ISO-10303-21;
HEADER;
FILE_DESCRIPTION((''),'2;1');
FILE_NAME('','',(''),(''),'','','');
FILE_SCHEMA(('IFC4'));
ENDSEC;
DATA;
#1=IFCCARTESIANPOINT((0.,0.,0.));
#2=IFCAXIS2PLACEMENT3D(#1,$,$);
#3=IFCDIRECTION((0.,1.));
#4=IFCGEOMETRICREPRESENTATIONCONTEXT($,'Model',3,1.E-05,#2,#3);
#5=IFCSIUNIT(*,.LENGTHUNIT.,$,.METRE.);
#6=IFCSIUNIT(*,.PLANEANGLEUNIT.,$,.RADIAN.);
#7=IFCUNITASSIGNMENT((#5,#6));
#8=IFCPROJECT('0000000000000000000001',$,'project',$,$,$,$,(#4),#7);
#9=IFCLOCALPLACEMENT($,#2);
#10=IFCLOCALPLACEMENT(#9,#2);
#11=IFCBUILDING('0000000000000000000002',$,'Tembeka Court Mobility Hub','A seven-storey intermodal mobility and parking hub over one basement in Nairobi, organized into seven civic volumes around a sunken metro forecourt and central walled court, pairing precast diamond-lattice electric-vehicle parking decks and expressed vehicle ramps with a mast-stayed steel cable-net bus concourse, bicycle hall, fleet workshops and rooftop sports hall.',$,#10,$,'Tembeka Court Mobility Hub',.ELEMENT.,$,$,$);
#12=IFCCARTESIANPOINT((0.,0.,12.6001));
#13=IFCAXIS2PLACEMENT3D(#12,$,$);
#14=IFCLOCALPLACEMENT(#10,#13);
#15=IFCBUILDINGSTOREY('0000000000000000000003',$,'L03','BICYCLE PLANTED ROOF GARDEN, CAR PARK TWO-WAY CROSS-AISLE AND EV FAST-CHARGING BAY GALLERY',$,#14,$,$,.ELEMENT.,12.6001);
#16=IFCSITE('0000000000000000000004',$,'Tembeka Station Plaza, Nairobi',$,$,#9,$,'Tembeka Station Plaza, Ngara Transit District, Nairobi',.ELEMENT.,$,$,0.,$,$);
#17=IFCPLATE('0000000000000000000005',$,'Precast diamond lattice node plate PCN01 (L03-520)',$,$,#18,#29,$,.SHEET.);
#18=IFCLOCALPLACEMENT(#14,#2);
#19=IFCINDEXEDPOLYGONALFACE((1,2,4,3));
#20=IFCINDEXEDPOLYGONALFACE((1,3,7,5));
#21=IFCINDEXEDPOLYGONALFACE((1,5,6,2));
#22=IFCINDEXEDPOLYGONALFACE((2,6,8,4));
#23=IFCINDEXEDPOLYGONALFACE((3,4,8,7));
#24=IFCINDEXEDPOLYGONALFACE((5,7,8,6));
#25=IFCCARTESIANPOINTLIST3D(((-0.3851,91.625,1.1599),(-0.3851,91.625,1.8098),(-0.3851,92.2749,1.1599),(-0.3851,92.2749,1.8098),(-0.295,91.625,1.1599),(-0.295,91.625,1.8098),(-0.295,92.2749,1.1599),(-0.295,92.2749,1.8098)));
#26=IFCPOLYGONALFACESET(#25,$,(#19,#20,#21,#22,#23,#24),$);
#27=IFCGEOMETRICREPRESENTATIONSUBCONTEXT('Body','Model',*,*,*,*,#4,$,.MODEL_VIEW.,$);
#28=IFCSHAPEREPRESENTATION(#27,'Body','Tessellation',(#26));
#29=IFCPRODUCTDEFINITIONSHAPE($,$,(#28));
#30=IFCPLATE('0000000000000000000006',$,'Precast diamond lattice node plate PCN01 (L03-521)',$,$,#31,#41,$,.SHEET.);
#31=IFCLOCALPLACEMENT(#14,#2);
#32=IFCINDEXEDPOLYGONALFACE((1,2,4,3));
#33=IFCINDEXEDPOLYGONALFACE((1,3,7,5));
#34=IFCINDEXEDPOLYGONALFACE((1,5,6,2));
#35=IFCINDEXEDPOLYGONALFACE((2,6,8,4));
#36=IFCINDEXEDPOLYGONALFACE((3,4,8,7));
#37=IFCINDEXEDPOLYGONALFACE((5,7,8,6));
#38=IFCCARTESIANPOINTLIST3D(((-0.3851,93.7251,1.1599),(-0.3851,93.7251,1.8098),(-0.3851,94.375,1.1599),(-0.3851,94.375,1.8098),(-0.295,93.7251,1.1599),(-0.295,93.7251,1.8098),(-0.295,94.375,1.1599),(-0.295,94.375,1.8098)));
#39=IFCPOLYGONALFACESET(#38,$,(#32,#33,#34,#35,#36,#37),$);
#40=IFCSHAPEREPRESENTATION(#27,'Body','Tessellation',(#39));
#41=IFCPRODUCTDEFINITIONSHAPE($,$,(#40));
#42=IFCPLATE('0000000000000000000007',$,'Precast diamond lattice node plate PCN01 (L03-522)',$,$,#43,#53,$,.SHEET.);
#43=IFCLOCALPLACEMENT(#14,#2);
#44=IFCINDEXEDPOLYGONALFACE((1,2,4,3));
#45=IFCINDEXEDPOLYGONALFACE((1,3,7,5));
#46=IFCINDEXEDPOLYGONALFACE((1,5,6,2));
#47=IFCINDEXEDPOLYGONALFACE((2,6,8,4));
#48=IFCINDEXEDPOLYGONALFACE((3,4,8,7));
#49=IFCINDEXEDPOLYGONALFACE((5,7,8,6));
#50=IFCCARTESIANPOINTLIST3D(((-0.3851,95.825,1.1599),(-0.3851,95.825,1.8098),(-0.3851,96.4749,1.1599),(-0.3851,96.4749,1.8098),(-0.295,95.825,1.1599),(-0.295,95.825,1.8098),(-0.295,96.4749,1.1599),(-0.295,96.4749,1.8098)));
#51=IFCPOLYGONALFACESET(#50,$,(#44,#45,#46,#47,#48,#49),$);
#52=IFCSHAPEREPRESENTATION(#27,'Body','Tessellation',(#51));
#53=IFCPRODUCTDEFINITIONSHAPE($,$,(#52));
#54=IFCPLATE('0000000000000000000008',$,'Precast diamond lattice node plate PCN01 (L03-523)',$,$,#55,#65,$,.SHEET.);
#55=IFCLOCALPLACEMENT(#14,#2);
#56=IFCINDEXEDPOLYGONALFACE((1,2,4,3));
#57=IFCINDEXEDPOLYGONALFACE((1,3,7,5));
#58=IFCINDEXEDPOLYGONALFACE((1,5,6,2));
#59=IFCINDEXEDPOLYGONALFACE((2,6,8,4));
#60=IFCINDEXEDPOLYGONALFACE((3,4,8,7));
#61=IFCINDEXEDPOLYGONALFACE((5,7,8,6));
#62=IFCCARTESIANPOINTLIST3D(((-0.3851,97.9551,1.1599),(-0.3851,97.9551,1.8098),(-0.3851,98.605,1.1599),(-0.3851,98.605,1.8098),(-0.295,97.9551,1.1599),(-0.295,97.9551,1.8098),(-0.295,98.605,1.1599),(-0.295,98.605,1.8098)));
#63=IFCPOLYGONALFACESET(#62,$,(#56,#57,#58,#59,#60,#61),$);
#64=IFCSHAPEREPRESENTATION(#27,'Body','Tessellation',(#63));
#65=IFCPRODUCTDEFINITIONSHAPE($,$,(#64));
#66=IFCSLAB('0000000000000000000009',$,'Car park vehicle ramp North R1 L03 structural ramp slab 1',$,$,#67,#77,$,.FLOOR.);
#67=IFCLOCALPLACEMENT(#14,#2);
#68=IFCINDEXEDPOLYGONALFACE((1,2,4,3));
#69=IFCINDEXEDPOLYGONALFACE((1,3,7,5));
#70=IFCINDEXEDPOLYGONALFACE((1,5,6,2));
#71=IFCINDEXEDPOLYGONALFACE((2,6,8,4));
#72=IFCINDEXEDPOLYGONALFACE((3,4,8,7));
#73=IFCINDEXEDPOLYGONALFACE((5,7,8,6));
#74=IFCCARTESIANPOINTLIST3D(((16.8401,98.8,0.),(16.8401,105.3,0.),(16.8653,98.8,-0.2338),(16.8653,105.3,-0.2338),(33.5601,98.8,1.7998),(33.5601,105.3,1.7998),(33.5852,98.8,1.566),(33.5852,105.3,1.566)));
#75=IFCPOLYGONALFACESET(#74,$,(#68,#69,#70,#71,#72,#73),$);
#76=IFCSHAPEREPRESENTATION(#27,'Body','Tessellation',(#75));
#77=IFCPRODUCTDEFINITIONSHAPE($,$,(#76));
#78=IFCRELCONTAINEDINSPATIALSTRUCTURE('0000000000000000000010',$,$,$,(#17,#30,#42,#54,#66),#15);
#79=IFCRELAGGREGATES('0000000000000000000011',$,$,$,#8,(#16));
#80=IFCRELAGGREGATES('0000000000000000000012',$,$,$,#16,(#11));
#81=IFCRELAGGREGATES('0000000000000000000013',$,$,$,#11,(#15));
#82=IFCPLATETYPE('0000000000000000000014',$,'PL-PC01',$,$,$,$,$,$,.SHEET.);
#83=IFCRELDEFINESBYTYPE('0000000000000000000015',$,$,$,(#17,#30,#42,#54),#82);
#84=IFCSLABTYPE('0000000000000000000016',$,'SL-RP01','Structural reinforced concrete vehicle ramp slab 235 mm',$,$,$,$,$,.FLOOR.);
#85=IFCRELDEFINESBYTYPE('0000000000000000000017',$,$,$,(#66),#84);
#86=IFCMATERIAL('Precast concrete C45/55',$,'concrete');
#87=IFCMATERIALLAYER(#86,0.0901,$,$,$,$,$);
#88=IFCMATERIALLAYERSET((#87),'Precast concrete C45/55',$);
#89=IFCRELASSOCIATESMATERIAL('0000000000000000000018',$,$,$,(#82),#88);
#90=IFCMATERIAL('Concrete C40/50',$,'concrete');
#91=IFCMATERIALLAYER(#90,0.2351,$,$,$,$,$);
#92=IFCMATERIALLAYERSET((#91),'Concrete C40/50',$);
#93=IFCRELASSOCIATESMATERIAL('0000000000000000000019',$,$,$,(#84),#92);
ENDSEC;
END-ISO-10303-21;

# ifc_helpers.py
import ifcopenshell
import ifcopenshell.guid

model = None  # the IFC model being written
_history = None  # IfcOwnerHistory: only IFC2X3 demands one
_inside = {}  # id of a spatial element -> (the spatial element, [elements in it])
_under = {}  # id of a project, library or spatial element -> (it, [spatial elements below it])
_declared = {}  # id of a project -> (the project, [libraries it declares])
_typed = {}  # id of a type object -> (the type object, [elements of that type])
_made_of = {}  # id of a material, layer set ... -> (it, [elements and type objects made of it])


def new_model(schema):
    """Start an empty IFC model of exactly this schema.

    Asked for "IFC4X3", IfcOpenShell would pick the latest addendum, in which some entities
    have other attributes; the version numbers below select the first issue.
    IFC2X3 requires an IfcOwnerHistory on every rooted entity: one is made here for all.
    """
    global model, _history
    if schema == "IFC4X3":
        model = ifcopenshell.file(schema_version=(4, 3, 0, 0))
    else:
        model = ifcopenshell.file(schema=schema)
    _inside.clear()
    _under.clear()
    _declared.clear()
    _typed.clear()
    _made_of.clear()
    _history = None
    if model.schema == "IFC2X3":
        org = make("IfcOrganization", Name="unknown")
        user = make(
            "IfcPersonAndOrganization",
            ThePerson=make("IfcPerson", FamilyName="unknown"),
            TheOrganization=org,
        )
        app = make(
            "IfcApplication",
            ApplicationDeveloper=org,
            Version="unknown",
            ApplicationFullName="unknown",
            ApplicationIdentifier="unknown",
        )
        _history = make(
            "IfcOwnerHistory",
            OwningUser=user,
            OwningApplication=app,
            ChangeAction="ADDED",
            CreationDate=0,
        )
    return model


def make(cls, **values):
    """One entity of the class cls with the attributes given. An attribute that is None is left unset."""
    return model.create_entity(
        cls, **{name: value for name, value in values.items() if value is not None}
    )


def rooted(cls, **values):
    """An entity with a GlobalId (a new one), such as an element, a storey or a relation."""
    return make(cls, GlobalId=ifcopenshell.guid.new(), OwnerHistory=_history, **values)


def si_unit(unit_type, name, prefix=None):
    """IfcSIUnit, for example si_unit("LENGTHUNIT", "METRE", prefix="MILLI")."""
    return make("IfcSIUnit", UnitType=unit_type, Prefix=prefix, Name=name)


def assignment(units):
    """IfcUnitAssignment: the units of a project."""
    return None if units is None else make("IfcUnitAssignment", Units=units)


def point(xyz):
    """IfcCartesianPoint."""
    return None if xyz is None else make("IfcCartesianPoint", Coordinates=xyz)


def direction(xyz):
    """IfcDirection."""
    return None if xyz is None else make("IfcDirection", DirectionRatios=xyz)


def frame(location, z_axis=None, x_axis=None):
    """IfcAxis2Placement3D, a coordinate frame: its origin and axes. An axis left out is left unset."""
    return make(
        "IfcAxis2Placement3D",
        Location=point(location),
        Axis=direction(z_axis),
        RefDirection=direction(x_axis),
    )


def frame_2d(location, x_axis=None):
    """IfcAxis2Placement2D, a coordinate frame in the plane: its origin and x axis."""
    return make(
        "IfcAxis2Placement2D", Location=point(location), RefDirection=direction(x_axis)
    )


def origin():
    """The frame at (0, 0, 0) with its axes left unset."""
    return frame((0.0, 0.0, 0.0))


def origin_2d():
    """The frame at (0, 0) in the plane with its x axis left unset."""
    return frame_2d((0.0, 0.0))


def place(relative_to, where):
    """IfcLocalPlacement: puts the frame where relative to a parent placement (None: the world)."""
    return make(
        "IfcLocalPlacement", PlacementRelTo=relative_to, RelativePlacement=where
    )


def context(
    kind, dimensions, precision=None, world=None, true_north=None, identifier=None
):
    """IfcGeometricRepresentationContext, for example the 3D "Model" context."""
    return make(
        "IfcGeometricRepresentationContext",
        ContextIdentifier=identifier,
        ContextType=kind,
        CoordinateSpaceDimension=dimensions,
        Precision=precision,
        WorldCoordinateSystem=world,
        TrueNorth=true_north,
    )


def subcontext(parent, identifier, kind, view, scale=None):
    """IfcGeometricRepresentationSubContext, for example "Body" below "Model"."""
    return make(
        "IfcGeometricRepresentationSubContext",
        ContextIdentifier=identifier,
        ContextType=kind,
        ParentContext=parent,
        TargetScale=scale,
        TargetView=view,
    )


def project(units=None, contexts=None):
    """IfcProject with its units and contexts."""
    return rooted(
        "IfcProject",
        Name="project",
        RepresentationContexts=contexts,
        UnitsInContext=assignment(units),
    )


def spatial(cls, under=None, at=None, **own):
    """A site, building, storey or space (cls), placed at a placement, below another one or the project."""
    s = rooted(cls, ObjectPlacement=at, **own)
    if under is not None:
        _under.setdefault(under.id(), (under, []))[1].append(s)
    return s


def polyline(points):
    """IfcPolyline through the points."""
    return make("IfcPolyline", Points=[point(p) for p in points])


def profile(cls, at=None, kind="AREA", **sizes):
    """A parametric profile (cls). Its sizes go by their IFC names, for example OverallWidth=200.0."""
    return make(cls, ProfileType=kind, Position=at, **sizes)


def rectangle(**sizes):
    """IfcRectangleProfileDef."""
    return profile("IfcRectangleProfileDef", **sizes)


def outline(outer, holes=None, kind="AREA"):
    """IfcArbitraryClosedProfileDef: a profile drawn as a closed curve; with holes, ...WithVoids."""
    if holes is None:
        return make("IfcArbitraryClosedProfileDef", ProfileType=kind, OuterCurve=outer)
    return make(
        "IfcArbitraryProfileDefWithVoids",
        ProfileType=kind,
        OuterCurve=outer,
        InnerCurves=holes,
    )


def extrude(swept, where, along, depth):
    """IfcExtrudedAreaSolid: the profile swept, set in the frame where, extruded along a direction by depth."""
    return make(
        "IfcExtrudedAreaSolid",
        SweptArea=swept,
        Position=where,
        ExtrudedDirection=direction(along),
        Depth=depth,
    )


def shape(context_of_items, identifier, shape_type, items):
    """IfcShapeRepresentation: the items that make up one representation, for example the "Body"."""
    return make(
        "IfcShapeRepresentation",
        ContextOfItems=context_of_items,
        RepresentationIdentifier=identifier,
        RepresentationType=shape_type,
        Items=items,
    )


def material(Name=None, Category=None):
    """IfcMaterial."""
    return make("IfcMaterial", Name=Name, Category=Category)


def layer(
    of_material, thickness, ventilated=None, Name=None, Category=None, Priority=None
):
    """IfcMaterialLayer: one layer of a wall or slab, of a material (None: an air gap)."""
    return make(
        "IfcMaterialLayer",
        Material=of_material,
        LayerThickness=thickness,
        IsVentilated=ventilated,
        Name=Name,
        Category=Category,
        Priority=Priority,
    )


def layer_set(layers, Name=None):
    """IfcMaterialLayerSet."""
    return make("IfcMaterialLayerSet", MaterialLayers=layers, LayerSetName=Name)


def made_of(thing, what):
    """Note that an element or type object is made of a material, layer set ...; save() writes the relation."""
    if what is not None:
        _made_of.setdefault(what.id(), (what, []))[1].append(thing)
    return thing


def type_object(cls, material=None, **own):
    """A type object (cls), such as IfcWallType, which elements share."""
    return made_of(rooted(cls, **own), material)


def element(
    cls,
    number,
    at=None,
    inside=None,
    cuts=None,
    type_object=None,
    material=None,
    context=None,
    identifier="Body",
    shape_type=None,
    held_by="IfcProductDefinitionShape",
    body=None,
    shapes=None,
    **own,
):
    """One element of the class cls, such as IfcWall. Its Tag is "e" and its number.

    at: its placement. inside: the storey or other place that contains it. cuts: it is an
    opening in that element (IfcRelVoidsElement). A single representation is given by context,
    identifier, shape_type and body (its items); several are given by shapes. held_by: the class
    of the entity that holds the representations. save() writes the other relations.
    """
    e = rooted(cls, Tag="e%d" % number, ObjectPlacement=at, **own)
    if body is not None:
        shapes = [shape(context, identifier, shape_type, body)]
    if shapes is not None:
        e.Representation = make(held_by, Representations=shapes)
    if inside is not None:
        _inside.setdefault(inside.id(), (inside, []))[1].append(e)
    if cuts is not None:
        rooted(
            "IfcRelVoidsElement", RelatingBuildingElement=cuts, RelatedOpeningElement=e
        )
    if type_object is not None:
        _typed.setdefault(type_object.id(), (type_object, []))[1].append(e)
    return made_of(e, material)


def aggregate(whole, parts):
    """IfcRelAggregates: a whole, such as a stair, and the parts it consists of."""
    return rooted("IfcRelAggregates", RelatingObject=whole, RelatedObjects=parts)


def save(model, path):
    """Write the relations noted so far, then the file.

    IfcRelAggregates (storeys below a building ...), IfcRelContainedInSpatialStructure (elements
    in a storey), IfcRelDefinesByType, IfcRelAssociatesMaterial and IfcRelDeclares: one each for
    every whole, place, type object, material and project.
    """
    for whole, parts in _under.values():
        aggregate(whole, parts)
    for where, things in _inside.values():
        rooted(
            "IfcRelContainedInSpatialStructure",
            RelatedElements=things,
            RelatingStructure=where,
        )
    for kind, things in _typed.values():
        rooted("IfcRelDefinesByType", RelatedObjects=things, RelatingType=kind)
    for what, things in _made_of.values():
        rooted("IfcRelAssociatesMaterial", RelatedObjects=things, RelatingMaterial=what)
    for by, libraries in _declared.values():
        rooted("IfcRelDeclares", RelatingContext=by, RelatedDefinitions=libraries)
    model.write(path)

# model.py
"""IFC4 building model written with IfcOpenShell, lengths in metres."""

from ifc_helpers import new_model, si_unit, direction, frame, origin, origin_2d, place, context, subcontext, project, spatial, polyline, rectangle, outline, extrude, material, layer, layer_set, type_object, element, save


model = new_model("IFC4")

# Units and contexts
model_context = context("Model", 3, precision=1e-05, world=origin(), true_north=direction((0.0, 1.0)))
body_context = subcontext(model_context, "Body", "Model", "MODEL_VIEW")
ifc_project = project(units=[si_unit("LENGTHUNIT", "METRE"), si_unit("PLANEANGLEUNIT", "RADIAN")], contexts=[model_context])

# Site, building, storey
site_placement = place(None, origin())
site = spatial("IfcSite", under=ifc_project, at=site_placement, Name="Tembeka Station Plaza, Nairobi", LongName="Tembeka Station Plaza, Ngara Transit District, Nairobi", CompositionType="ELEMENT", RefElevation=0.0)
building_placement = place(site_placement, origin())
building = spatial("IfcBuilding", under=site, at=building_placement, Name="Tembeka Court Mobility Hub", Description="A seven-storey intermodal mobility and parking hub over one basement in Nairobi, organized into seven civic volumes around a sunken metro forecourt and central walled court, pairing precast diamond-lattice electric-vehicle parking decks and expressed vehicle ramps with a mast-stayed steel cable-net bus concourse, bicycle hall, fleet workshops and rooftop sports hall.", LongName="Tembeka Court Mobility Hub", CompositionType="ELEMENT")
storey_placement = place(building_placement, frame((0.0, 0.0, 12.6001)))
storey = spatial("IfcBuildingStorey", under=building, at=storey_placement, Name="L03", Description="BICYCLE PLANTED ROOF GARDEN, CAR PARK TWO-WAY CROSS-AISLE AND EV FAST-CHARGING BAY GALLERY", CompositionType="ELEMENT", Elevation=12.6001)

# Shared definitions
ifc_material_1 = material(Name="Precast concrete C45/55", Category="concrete")

# Plates
ifc_layer_1 = layer(ifc_material_1, 0.0901)
ifc_layer_set_1 = layer_set([ifc_layer_1], Name="Precast concrete C45/55")
plate_type = type_object("IfcPlateType", Name="PL-PC01", PredefinedType="SHEET", material=ifc_layer_set_1)
for number, where, z_axis, x_axis, name in (
    (1, (-0.3401, 91.95, 1.1599), (0.0, 0.0, 1.0), (1.0, 0.0, 0.0), "Precast diamond lattice node plate PCN01 (L03-520)"),
    (2, (-0.3401, 94.05, 1.1599), (0.0, 0.0, 1.0), (1.0, 0.0, 0.0), "Precast diamond lattice node plate PCN01 (L03-521)"),
    (3, (-0.3401, 96.1499, 1.1599), (0.0, 0.0, 1.0), (1.0, 0.0, 0.0), "Precast diamond lattice node plate PCN01 (L03-522)"),
    (4, (-0.3401, 98.28, 1.1599), (0.0, 0.0, 1.0), (1.0, 0.0, 0.0), "Precast diamond lattice node plate PCN01 (L03-523)"),
):
    element("IfcPlate", number, at=place(storey_placement, frame(where, z_axis=z_axis, x_axis=x_axis)), inside=storey, type_object=plate_type, Name=name, PredefinedType="SHEET", context=body_context, shape_type="SweptSolid", body=[
        extrude(rectangle(XDim=0.0901, YDim=0.6499, at=origin_2d()), origin(), (0.0, 0.0, 1.0), 0.6499),
    ])

# Slab
ifc_material_2 = material(Name="Concrete C40/50", Category="concrete")
ifc_layer_2 = layer(ifc_material_2, 0.2351)
ifc_layer_set_2 = layer_set([ifc_layer_2], Name="Concrete C40/50")
slab_type = type_object("IfcSlabType", Name="SL-RP01", Description="Structural reinforced concrete vehicle ramp slab 235 mm", PredefinedType="FLOOR", material=ifc_layer_set_2)
slab_placement = place(storey_placement, frame((16.8401, 98.8, 0.0), z_axis=(-0.107026, 0.0, 0.994256), x_axis=(0.994256, 0.0, 0.107026)))
element("IfcSlab", 5, at=slab_placement, inside=storey, type_object=slab_type, Name="Car park vehicle ramp North R1 L03 structural ramp slab 1", PredefinedType="FLOOR", context=body_context, shape_type="SweptSolid", body=[
    extrude(outline(polyline([(0.0, 0.0), (16.8166, 0.0), (16.8166, 6.5), (0.0, 6.5), (0.0, 0.0)])), origin(), (0.0, 0.0, -1.0), 0.2351),
])

save(model, "model.ifc")
